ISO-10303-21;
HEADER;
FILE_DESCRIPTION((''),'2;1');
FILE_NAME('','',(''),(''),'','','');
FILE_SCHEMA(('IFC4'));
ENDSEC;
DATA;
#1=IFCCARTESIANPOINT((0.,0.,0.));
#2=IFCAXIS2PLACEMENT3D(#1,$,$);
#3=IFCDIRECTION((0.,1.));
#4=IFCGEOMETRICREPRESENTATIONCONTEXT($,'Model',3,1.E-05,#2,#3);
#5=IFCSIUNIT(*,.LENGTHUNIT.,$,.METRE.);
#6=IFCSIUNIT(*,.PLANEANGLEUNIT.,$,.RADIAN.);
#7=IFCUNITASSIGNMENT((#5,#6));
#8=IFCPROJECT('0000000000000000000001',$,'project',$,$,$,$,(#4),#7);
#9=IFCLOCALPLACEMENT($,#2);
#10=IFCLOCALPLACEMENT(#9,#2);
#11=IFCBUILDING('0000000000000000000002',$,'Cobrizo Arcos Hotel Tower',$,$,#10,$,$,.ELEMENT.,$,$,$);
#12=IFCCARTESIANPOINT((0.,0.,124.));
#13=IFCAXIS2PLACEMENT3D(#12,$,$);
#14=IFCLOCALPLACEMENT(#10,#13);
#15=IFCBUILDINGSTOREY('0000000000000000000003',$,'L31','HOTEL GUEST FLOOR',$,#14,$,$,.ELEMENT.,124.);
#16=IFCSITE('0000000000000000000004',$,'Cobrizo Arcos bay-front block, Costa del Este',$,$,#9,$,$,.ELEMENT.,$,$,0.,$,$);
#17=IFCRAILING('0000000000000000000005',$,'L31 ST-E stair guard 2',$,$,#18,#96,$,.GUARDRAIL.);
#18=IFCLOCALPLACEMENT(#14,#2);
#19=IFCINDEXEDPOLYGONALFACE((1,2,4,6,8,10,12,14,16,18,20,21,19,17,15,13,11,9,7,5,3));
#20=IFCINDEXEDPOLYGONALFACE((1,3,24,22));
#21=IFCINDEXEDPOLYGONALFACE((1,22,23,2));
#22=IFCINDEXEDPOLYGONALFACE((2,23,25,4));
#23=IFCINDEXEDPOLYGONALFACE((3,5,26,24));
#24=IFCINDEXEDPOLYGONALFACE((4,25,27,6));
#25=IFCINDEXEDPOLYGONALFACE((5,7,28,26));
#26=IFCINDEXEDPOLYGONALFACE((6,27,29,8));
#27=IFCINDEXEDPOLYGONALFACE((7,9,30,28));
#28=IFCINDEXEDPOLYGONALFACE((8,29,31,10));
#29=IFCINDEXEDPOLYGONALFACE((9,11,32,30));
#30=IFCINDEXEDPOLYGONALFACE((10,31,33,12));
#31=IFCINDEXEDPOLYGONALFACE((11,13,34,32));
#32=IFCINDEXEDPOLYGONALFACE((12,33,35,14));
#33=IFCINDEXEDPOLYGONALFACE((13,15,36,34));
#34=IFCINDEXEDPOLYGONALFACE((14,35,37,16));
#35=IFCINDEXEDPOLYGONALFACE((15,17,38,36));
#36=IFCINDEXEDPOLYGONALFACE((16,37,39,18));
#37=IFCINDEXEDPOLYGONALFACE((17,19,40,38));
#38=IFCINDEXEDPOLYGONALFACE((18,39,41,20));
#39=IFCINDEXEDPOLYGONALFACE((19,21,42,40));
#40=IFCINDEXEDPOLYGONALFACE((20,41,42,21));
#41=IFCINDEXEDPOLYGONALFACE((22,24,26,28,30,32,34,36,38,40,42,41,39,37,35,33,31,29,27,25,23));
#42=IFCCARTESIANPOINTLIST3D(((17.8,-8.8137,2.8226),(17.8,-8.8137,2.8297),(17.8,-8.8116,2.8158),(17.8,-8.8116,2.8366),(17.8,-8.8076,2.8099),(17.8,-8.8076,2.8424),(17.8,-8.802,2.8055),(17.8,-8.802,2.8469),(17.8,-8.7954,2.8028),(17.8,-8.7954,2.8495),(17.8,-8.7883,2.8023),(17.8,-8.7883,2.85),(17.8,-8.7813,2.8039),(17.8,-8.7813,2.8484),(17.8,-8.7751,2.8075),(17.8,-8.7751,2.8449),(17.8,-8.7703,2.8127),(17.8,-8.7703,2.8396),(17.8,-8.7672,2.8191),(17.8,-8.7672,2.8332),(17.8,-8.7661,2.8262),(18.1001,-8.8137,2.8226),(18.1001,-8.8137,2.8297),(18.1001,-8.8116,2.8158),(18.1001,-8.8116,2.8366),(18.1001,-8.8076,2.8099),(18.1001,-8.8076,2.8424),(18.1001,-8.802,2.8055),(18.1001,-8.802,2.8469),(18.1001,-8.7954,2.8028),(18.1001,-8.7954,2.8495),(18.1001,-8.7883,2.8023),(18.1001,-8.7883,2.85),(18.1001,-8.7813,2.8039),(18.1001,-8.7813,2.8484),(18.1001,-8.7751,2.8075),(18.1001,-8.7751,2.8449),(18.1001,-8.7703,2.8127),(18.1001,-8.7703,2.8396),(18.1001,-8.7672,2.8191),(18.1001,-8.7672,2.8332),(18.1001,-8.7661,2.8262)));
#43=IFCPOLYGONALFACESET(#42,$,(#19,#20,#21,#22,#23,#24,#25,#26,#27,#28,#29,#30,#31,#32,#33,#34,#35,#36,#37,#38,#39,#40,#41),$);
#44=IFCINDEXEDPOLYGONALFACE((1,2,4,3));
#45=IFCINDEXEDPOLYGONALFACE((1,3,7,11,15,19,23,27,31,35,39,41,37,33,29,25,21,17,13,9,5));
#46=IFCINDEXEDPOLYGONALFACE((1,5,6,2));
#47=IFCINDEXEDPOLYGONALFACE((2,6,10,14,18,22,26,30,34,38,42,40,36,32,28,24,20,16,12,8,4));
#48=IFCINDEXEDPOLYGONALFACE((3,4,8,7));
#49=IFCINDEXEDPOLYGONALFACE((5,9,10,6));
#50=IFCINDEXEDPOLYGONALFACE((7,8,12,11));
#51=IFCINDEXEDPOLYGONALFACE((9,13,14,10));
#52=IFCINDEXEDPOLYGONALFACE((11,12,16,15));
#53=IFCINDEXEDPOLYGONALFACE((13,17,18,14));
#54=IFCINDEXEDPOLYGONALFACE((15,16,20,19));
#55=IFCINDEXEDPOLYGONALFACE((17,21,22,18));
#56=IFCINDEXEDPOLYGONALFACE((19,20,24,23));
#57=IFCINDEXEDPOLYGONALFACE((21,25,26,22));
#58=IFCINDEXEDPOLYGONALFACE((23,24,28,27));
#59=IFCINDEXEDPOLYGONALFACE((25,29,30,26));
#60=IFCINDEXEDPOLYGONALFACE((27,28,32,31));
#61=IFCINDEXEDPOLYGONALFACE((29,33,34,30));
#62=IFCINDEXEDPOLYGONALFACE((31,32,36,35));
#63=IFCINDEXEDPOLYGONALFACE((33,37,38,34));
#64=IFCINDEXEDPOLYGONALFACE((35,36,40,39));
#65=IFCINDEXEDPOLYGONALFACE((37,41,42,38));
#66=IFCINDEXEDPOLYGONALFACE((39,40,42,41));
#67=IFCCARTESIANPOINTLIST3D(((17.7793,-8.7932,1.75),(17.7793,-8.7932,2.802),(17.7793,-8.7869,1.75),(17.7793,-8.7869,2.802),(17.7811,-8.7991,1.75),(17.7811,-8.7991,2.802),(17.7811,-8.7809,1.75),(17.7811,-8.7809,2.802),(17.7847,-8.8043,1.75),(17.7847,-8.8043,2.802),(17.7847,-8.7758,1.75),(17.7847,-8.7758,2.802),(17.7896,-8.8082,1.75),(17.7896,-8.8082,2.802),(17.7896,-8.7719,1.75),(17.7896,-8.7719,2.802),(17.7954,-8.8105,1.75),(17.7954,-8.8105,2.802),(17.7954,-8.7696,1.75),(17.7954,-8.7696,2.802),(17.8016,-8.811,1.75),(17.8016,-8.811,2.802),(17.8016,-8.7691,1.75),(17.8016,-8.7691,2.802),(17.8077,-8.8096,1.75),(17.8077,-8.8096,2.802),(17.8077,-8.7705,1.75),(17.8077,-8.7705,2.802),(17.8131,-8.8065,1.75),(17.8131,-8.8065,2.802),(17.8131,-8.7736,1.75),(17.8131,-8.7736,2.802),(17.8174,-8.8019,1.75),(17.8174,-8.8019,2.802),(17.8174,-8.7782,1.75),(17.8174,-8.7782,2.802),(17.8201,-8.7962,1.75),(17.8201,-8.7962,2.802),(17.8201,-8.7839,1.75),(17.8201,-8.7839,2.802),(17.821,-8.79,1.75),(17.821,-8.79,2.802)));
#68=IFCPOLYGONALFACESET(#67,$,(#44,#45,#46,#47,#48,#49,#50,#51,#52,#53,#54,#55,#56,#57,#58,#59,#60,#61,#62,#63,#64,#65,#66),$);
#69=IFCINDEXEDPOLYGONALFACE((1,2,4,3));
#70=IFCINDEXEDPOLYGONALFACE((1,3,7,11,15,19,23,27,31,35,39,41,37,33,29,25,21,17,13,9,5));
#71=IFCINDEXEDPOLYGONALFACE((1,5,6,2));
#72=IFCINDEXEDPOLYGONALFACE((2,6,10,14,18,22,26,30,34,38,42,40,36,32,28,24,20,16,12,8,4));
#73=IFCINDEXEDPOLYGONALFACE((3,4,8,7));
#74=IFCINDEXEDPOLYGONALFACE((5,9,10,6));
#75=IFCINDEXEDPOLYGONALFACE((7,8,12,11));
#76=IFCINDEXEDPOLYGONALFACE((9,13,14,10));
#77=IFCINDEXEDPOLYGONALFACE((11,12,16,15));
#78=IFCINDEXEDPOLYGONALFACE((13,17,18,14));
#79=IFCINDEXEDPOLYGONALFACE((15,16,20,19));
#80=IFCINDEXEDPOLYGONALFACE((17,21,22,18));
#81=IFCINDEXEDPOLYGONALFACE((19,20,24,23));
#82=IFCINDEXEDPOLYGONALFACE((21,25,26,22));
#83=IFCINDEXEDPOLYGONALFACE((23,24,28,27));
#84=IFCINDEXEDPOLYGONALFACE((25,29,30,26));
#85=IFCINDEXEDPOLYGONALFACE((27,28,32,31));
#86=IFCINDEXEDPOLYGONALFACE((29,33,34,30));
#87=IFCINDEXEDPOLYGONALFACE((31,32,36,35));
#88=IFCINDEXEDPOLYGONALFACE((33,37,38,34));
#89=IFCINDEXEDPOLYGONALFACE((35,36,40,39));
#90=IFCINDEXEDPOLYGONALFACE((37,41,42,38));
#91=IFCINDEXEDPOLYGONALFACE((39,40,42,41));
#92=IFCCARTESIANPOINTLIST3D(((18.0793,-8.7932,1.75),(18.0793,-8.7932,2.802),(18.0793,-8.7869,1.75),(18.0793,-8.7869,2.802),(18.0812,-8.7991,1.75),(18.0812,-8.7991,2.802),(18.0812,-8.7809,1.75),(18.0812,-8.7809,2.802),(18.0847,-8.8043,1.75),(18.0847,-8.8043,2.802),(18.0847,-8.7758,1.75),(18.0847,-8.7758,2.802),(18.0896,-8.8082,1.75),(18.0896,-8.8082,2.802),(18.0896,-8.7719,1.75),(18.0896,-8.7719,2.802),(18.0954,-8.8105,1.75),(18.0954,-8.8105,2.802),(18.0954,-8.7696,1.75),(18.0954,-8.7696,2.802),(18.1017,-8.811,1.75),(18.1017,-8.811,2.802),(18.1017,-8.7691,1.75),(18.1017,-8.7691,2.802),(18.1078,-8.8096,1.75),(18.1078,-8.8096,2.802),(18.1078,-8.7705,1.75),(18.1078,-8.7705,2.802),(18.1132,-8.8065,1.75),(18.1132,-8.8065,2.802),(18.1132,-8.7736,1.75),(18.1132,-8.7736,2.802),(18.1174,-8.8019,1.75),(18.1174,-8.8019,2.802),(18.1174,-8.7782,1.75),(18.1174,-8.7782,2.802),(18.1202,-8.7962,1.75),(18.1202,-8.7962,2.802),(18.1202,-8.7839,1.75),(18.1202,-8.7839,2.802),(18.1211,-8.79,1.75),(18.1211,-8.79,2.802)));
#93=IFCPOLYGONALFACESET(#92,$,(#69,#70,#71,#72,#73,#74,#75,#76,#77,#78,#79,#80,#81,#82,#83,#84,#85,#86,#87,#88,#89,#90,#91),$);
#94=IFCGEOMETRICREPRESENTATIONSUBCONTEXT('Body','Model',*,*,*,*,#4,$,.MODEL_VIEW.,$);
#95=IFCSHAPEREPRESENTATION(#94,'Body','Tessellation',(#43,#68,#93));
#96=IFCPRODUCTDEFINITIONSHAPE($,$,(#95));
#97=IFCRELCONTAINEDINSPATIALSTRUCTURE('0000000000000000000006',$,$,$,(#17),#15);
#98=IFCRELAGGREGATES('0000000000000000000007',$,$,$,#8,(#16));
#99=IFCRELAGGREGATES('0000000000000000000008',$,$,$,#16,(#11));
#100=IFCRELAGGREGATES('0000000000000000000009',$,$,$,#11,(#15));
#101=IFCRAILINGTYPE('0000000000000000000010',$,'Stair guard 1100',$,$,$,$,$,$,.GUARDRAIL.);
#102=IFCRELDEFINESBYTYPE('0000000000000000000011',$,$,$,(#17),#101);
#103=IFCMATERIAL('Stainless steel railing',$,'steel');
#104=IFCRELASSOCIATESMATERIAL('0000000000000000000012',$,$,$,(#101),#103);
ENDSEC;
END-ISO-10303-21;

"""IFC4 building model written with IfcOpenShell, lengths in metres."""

from ifc_helpers import new_model, si_unit, direction, frame, origin, origin_2d, place, context, subcontext, project, spatial, circle, extrude, material, type_object, element, save


model = new_model("IFC4")

# Units and contexts
model_context = context("Model", 3, precision=1e-05, world=origin(), true_north=direction((0.0, 1.0)))
body_context = subcontext(model_context, "Body", "Model", "MODEL_VIEW")
ifc_project = project(units=[si_unit("LENGTHUNIT", "METRE"), si_unit("PLANEANGLEUNIT", "RADIAN")], contexts=[model_context])

# Site, building, storey
site_placement = place(None, origin())
site = spatial("IfcSite", under=ifc_project, at=site_placement, Name="Cobrizo Arcos bay-front block, Costa del Este", CompositionType="ELEMENT", RefElevation=0.0)
building_placement = place(site_placement, origin())
building = spatial("IfcBuilding", under=site, at=building_placement, Name="Cobrizo Arcos Hotel Tower", CompositionType="ELEMENT")
storey_placement = place(building_placement, frame((0.0, 0.0, 124.0)))
storey = spatial("IfcBuildingStorey", under=building, at=storey_placement, Name="L31", Description="HOTEL GUEST FLOOR", CompositionType="ELEMENT", Elevation=124.0)

# Railing
ifc_material_1 = material(Name="Stainless steel railing", Category="steel")
railing_type_1 = type_object("IfcRailingType", Name="Stair guard 1100", PredefinedType="GUARDRAIL", material=ifc_material_1)
railing_1_placement = place(storey_placement, frame((17.8, -8.79, 1.75)))
element("IfcRailing", 1, at=railing_1_placement, inside=storey, type_object=railing_type_1, Name="L31 ST-E stair guard 2", PredefinedType="GUARDRAIL", context=body_context, shape_type="SweptSolid", body=[
    extrude(circle(Radius=0.0239, at=origin_2d()), frame((0.0, 0.0, 1.0762), z_axis=(1.0, 0.0, 0.0), x_axis=(0.0, 1.0, 0.0)), (0.0, 0.0, 1.0), 0.3),
    extrude(circle(Radius=0.021, at=origin_2d()), origin(), (0.0, 0.0, 1.0), 1.052),
    extrude(circle(Radius=0.021, at=origin_2d()), frame((0.3, 0.0, 0.0)), (0.0, 0.0, 1.0), 1.052),
])

save(model, "model.ifc")
